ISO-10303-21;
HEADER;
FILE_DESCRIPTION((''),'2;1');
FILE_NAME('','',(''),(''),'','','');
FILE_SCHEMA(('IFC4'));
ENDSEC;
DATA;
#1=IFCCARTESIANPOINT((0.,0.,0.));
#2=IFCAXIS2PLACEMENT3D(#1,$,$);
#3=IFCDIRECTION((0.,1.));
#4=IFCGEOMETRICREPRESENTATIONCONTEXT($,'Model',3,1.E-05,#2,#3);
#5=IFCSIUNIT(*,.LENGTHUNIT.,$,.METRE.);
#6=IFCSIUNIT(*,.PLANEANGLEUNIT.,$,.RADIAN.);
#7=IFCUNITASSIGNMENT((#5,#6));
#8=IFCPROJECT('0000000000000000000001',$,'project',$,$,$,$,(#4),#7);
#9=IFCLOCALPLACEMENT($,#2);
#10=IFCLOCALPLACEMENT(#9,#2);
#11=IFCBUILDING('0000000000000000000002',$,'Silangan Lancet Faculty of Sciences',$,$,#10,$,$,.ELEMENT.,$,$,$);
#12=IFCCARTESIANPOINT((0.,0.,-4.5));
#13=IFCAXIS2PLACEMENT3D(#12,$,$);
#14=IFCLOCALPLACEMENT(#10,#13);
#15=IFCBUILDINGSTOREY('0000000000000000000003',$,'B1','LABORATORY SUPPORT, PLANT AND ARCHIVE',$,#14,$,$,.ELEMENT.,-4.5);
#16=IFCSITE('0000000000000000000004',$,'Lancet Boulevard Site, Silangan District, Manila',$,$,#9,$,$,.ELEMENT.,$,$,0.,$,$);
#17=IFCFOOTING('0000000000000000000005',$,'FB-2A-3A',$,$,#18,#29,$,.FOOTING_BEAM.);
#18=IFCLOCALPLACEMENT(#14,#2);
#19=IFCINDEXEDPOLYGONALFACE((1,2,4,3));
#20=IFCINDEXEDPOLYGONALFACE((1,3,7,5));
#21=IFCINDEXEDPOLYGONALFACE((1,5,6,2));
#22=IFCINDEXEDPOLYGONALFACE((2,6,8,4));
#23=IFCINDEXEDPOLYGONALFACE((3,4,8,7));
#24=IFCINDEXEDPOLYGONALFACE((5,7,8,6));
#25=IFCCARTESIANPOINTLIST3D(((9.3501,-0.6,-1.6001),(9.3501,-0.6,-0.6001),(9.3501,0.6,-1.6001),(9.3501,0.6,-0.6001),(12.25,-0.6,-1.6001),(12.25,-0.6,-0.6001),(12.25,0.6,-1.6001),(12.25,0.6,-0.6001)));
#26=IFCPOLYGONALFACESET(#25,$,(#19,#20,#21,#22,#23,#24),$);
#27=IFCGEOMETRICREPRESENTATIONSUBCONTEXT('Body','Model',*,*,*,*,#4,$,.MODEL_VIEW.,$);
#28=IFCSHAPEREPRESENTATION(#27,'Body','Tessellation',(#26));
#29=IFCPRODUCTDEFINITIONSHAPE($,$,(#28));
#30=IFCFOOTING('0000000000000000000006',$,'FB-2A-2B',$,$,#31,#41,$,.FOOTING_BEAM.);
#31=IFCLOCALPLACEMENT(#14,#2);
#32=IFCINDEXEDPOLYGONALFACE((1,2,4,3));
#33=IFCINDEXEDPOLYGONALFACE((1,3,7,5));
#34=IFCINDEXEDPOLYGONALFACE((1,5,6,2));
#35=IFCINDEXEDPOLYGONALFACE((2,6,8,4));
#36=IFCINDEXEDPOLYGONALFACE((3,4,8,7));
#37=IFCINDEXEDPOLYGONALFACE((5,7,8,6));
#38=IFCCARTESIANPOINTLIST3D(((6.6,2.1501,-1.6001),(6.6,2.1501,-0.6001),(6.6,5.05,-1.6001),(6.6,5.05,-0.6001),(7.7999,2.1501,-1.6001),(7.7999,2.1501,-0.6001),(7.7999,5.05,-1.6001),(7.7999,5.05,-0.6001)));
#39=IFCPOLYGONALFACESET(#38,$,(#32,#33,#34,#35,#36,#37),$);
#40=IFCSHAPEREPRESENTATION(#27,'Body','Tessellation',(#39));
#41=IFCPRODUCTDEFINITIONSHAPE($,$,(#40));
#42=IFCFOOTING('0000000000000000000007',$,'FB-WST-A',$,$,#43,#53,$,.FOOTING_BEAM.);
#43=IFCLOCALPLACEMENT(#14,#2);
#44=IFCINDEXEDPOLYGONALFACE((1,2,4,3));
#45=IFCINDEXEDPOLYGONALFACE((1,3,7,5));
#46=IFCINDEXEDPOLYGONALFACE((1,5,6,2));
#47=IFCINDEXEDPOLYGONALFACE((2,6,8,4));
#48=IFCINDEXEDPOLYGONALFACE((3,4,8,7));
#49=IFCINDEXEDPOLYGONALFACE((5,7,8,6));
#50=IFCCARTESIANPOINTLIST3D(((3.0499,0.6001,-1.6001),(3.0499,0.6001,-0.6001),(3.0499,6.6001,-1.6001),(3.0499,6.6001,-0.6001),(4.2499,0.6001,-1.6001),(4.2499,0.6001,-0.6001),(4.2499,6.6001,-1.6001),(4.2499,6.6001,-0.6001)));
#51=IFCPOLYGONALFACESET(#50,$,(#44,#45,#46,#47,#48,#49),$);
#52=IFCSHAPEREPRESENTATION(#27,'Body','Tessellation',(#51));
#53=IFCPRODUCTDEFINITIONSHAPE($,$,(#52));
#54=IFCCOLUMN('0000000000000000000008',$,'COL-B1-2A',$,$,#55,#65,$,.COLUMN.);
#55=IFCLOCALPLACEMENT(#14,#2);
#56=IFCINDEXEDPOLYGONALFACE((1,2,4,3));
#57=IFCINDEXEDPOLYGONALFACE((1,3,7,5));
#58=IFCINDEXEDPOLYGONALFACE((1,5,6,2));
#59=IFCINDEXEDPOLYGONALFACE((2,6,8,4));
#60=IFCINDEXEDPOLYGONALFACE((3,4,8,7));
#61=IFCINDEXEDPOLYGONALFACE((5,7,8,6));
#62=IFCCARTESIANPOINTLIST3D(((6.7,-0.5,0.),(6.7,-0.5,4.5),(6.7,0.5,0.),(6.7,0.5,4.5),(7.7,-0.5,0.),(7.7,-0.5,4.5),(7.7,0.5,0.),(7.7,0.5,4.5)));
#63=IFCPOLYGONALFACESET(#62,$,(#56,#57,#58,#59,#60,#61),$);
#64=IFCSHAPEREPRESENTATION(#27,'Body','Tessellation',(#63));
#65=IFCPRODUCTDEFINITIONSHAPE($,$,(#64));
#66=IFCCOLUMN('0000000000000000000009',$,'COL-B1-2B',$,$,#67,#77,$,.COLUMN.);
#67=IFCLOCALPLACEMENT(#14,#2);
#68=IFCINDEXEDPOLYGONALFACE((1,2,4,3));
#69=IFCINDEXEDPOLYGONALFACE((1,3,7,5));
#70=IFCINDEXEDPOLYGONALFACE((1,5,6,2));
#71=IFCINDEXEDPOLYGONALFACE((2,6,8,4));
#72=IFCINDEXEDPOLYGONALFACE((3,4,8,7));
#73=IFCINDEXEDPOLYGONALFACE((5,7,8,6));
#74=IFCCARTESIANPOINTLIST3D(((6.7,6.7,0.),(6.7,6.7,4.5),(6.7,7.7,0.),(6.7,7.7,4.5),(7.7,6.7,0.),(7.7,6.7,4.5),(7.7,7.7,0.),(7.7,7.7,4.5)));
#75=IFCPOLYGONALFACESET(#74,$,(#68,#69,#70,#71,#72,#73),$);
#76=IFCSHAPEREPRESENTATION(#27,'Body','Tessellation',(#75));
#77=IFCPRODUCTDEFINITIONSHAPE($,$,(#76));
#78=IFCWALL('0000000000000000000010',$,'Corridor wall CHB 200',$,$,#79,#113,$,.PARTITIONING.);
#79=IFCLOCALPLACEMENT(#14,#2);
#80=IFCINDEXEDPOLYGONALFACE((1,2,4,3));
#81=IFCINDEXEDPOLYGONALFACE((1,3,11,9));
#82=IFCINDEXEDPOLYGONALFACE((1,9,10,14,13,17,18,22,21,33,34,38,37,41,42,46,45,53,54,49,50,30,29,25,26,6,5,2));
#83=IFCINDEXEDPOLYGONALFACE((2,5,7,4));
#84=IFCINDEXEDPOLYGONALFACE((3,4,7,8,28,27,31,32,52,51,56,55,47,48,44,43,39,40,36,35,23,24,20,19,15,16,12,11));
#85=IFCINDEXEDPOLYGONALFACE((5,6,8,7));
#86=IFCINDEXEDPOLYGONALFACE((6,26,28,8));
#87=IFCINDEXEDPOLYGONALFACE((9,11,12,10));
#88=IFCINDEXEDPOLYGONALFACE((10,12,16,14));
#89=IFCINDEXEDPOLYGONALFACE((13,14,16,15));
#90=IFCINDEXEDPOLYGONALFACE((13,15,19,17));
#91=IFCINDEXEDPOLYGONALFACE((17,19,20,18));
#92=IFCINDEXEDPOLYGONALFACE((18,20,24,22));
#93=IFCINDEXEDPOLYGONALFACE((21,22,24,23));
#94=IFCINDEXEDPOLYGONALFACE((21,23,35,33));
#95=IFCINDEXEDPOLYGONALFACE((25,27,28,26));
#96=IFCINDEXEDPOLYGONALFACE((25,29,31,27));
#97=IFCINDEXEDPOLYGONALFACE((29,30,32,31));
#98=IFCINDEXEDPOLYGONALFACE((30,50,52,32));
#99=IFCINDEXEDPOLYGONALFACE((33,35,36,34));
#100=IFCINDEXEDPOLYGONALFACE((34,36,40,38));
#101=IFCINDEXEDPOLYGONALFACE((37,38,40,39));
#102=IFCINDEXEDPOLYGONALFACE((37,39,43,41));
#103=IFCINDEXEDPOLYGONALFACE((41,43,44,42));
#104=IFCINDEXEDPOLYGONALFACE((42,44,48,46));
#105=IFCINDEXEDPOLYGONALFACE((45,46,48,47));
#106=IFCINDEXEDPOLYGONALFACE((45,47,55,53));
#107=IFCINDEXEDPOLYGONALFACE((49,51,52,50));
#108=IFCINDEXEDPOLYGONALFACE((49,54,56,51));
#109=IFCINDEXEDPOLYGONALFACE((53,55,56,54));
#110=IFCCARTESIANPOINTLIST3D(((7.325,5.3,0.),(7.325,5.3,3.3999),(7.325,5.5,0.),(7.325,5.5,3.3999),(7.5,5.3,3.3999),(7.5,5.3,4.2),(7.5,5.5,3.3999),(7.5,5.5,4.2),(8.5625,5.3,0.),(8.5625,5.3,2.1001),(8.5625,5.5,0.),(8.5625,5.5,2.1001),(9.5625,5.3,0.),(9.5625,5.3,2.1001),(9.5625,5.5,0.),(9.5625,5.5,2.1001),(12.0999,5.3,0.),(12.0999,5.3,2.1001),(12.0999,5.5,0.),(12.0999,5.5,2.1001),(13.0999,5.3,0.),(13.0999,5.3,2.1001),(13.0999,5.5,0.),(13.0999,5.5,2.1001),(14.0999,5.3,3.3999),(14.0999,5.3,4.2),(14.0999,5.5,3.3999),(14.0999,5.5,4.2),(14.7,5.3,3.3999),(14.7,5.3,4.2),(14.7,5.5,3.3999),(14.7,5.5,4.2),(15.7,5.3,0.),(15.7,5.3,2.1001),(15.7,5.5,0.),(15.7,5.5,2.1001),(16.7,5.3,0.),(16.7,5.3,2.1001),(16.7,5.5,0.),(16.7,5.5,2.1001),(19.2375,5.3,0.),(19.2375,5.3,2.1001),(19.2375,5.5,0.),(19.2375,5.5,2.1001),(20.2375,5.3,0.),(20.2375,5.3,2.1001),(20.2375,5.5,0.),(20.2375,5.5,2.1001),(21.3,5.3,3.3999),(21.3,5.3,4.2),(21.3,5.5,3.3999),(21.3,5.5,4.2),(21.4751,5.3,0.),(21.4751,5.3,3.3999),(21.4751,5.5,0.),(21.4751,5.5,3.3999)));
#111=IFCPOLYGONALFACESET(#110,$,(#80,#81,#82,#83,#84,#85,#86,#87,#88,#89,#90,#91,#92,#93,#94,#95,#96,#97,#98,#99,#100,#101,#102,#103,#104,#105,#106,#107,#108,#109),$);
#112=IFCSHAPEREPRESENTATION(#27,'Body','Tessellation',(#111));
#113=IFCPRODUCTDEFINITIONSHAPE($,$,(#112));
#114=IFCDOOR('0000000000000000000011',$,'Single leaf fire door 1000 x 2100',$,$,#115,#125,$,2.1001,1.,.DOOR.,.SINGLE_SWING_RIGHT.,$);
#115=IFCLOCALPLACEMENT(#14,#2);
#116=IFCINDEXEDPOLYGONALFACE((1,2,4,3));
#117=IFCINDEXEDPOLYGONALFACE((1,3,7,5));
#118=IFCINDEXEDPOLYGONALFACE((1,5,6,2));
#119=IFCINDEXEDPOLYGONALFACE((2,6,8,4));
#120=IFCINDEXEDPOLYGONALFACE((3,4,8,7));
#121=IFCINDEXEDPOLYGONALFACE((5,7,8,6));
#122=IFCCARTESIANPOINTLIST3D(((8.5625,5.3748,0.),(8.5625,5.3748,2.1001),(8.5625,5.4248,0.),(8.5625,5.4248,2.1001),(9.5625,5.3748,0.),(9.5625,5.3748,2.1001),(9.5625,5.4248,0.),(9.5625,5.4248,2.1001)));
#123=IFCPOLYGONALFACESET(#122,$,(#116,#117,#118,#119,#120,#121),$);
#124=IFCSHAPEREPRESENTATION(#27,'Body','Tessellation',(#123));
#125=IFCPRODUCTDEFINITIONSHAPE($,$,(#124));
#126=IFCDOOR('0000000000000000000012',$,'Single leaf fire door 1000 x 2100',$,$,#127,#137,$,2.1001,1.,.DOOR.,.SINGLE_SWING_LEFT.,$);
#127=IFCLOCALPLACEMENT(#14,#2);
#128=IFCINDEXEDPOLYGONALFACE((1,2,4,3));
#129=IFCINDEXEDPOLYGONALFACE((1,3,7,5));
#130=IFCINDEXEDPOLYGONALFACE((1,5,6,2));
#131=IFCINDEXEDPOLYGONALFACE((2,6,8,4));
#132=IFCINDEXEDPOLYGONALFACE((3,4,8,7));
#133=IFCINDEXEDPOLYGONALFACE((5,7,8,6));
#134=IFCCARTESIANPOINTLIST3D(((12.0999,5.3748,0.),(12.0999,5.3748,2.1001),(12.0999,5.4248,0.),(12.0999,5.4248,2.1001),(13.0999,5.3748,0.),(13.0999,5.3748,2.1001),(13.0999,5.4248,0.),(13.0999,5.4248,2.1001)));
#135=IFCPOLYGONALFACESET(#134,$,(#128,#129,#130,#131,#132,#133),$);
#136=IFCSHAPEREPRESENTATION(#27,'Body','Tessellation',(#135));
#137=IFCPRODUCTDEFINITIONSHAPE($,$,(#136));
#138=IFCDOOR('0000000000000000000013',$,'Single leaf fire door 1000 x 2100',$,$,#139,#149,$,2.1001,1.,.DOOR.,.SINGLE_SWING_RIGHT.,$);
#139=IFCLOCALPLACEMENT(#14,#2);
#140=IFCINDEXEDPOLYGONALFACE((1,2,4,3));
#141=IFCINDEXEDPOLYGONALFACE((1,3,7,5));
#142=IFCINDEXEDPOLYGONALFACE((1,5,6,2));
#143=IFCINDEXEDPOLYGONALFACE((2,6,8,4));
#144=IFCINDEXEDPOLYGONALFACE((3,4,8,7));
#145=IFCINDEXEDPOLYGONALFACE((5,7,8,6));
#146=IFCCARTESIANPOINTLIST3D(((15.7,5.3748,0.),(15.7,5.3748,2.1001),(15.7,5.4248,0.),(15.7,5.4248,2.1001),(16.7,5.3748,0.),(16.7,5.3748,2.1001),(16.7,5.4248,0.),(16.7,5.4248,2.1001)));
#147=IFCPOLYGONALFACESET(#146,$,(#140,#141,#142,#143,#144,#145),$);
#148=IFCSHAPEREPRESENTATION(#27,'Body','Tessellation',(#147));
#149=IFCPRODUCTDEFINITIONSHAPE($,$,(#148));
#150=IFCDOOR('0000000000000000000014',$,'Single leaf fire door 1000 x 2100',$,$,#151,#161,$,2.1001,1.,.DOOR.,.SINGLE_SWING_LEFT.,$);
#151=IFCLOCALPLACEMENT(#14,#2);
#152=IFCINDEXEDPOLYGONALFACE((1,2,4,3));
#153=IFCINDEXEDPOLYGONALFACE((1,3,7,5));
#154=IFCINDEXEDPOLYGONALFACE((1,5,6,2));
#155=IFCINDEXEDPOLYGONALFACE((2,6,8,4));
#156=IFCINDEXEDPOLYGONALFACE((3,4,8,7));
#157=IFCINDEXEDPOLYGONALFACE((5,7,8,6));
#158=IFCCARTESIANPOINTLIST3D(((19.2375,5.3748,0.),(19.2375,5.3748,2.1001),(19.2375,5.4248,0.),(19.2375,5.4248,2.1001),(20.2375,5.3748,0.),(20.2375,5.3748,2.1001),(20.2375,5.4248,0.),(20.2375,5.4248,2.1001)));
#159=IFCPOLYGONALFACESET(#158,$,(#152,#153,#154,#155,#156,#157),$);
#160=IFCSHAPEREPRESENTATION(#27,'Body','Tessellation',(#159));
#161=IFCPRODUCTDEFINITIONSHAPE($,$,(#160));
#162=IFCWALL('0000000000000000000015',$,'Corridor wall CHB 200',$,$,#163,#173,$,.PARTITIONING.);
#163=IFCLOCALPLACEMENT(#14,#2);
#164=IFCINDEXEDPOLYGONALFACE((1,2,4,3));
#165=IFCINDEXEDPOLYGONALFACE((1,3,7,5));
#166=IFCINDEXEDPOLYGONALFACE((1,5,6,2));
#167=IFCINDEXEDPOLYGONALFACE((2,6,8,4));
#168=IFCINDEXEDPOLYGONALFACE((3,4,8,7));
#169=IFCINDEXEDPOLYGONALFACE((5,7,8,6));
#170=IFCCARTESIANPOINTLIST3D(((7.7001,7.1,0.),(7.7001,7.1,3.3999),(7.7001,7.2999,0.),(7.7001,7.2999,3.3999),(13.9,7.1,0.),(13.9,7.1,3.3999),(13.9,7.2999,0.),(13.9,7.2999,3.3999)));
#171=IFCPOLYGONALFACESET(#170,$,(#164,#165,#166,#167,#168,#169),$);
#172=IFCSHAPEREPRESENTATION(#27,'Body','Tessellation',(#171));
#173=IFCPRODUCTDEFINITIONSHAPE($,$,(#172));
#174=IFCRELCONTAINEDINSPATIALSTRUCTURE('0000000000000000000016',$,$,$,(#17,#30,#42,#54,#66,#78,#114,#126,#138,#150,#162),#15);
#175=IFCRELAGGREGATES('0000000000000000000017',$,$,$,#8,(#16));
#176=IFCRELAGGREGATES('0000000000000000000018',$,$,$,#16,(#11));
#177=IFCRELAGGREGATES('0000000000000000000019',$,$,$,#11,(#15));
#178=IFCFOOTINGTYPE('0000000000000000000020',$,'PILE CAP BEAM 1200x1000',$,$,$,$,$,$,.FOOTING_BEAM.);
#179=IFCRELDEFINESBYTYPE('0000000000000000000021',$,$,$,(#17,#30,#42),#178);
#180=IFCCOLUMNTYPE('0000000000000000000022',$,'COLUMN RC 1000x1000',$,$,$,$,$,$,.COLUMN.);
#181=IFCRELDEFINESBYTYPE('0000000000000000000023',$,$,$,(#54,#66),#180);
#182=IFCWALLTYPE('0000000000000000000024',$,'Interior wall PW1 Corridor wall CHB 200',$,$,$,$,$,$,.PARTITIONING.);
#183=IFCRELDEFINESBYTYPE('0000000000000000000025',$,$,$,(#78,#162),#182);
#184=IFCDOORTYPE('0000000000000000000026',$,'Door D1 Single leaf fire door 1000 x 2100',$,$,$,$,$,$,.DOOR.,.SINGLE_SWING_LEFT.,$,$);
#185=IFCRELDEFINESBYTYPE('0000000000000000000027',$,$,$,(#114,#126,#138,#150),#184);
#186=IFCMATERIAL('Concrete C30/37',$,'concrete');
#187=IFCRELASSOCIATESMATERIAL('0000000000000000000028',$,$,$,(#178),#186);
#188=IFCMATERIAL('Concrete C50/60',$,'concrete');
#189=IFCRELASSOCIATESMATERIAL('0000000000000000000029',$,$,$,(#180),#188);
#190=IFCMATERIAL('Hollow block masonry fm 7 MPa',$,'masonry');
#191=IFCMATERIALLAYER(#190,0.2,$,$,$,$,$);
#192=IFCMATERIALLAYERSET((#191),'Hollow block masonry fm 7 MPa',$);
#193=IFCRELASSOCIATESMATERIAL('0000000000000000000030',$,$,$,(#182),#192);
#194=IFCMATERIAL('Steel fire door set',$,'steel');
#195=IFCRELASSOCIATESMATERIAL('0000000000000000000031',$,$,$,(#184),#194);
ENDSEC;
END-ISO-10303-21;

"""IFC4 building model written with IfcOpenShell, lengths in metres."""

from ifc_helpers import new_model, si_unit, direction, frame, frame_2d, origin, origin_2d, place, context, subcontext, project, spatial, polyline, rectangle, outline, extrude, material, layer, layer_set, material_profile, profile_set, type_object, element, fill, save


model = new_model("IFC4")

# Units and contexts
model_context = context("Model", 3, precision=1e-05, world=origin(), true_north=direction((0.0, 1.0)))
body_context = subcontext(model_context, "Body", "Model", "MODEL_VIEW")
ifc_project = project(units=[si_unit("LENGTHUNIT", "METRE"), si_unit("PLANEANGLEUNIT", "RADIAN")], contexts=[model_context])

# Site, building, storey
site_placement = place(None, origin())
site = spatial("IfcSite", under=ifc_project, at=site_placement, Name="Lancet Boulevard Site, Silangan District, Manila", CompositionType="ELEMENT", RefElevation=0.0)
building_placement = place(site_placement, origin())
building = spatial("IfcBuilding", under=site, at=building_placement, Name="Silangan Lancet Faculty of Sciences", CompositionType="ELEMENT")
storey_placement = place(building_placement, frame((0.0, 0.0, -4.5)))
storey = spatial("IfcBuildingStorey", under=building, at=storey_placement, Name="B1", Description="LABORATORY SUPPORT, PLANT AND ARCHIVE", CompositionType="ELEMENT", Elevation=-4.5)

# Footings
ifc_material_1 = material(Name="Concrete C30/37", Category="concrete")
footing_type_1 = type_object("IfcFootingType", Name="PILE CAP BEAM 1200x1000", PredefinedType="FOOTING_BEAM", material=ifc_material_1)
for number, where, z_axis, x_axis, name in (
    (1, (10.8, 0.0, -1.6001), (0.0, 0.0, 1.0), (1.0, 0.0, 0.0), "FB-2A-3A"),
    (2, (7.2, 3.6001, -1.6001), (0.0, 0.0, 1.0), (0.0, 1.0, 0.0), "FB-2A-2B"),
):
    element("IfcFooting", number, at=place(storey_placement, frame(where, z_axis=z_axis, x_axis=x_axis)), inside=storey, type_object=footing_type_1, Name=name, PredefinedType="FOOTING_BEAM", context=body_context, shape_type="SweptSolid", body=[
        extrude(rectangle(XDim=2.8999, YDim=1.2, at=origin_2d()), origin(), (0.0, 0.0, 1.0), 1.0),
    ])
footing_placement = place(storey_placement, frame((3.6499, 3.6001, -1.6001), z_axis=(0.0, 0.0, 1.0), x_axis=(0.0, 1.0, 0.0)))
element("IfcFooting", 3, at=footing_placement, inside=storey, type_object=footing_type_1, Name="FB-WST-A", PredefinedType="FOOTING_BEAM", context=body_context, shape_type="SweptSolid", body=[
    extrude(rectangle(XDim=6.0, YDim=1.2, at=origin_2d()), origin(), (0.0, 0.0, 1.0), 1.0),
])

# Columns
ifc_material_2 = material(Name="Concrete C50/60", Category="concrete")
ifc_material_profile_1 = material_profile(ifc_material_2, rectangle(XDim=1.0, YDim=1.0, at=origin_2d()), Name="RC 1000x1000")
ifc_profile_set_1 = profile_set([ifc_material_profile_1], Name="Concrete C50/60")
column_type = type_object("IfcColumnType", Name="COLUMN RC 1000x1000", PredefinedType="COLUMN", material=ifc_profile_set_1)
for number, where, z_axis, x_axis, name in (
    (4, (7.2, 0.0, 0.0), (0.0, 0.0, 1.0), (1.0, 0.0, 0.0), "COL-B1-2A"),
    (5, (7.2, 7.2, 0.0), (0.0, 0.0, 1.0), (1.0, 0.0, 0.0), "COL-B1-2B"),
):
    element("IfcColumn", number, at=place(storey_placement, frame(where, z_axis=z_axis, x_axis=x_axis)), inside=storey, type_object=column_type, Name=name, PredefinedType="COLUMN", context=body_context, shape_type="SweptSolid", body=[
        extrude(rectangle(XDim=1.0, YDim=1.0, at=origin_2d()), origin(), (0.0, 0.0, 1.0), 4.5),
    ])

# Wall, openings, doors
ifc_material_3 = material(Name="Hollow block masonry fm 7 MPa", Category="masonry")
ifc_layer_1 = layer(ifc_material_3, 0.2)
ifc_layer_set_1 = layer_set([ifc_layer_1], Name="Hollow block masonry fm 7 MPa")
wall_type_1 = type_object("IfcWallType", Name="Interior wall PW1 Corridor wall CHB 200", PredefinedType="PARTITIONING", material=ifc_layer_set_1)
wall_1_placement = place(storey_placement, frame((7.325, 5.3999, 0.0), z_axis=(0.0, 0.0, 1.0), x_axis=(1.0, 0.0, 0.0)))
wall_1 = element("IfcWall", 6, at=wall_1_placement, inside=storey, type_object=wall_type_1, Name="Corridor wall CHB 200", PredefinedType="PARTITIONING", context=body_context, shape_type="SweptSolid", body=[
    extrude(outline(polyline([(0.0, 0.0), (14.1501, 0.0), (14.1501, 3.3999), (13.9751, 3.3999), (13.9751, 4.2), (7.375, 4.2), (7.375, 3.3999), (6.7749, 3.3999), (6.7749, 4.2), (0.175, 4.2), (0.175, 3.3999), (0.0, 3.3999), (0.0, 0.0)])), frame((0.0, 0.1001, 0.0), z_axis=(0.0, -1.0, 0.0), x_axis=(1.0, 0.0, 0.0)), (0.0, 0.0, 1.0), 0.2),
])
opening_1_placement = place(wall_1_placement, frame((1.2375, 0.0, 0.0)))
opening_1 = element("IfcOpeningElement", 7, at=opening_1_placement, cuts=wall_1, PredefinedType="OPENING", context=body_context, shape_type="SweptSolid", body=[
    extrude(rectangle(XDim=1.0, YDim=2.1001, at=frame_2d((0.5, 1.05))), frame((0.0, 0.1099, 0.0), z_axis=(0.0, -1.0, 0.0), x_axis=(1.0, 0.0, 0.0)), (0.0, 0.0, 1.0), 0.22),
])
opening_2_placement = place(wall_1_placement, frame((4.7749, 0.0, 0.0)))
opening_2 = element("IfcOpeningElement", 8, at=opening_2_placement, cuts=wall_1, PredefinedType="OPENING", context=body_context, shape_type="SweptSolid", body=[
    extrude(rectangle(XDim=1.0, YDim=2.1001, at=frame_2d((0.5, 1.05))), frame((0.0, 0.1099, 0.0), z_axis=(0.0, -1.0, 0.0), x_axis=(1.0, 0.0, 0.0)), (0.0, 0.0, 1.0), 0.22),
])
opening_3_placement = place(wall_1_placement, frame((8.375, 0.0, 0.0)))
opening_3 = element("IfcOpeningElement", 9, at=opening_3_placement, cuts=wall_1, PredefinedType="OPENING", context=body_context, shape_type="SweptSolid", body=[
    extrude(rectangle(XDim=1.0, YDim=2.1001, at=frame_2d((0.5, 1.05))), frame((0.0, 0.1099, 0.0), z_axis=(0.0, -1.0, 0.0), x_axis=(1.0, 0.0, 0.0)), (0.0, 0.0, 1.0), 0.22),
])
opening_4_placement = place(wall_1_placement, frame((11.9126, 0.0, 0.0)))
opening_4 = element("IfcOpeningElement", 10, at=opening_4_placement, cuts=wall_1, PredefinedType="OPENING", context=body_context, shape_type="SweptSolid", body=[
    extrude(rectangle(XDim=1.0, YDim=2.1001, at=frame_2d((0.5, 1.05))), frame((0.0, 0.1099, 0.0), z_axis=(0.0, -1.0, 0.0), x_axis=(1.0, 0.0, 0.0)), (0.0, 0.0, 1.0), 0.22),
])
ifc_material_4 = material(Name="Steel fire door set", Category="steel")
door_type_1 = type_object("IfcDoorType", Name="Door D1 Single leaf fire door 1000 x 2100", OperationType="SINGLE_SWING_LEFT", PredefinedType="DOOR", material=ifc_material_4)
door_1_placement = place(opening_1_placement, frame((1.0, 0.0, 0.0), z_axis=(0.0, 0.0, 1.0), x_axis=(-1.0, 0.0, 0.0)))
door_1 = element("IfcDoor", 11, at=door_1_placement, inside=storey, type_object=door_type_1, Name="Single leaf fire door 1000 x 2100", OperationType="SINGLE_SWING_RIGHT", OverallHeight=2.1001, OverallWidth=1.0, PredefinedType="DOOR", context=body_context, shape_type="SweptSolid", body=[
    extrude(rectangle(XDim=1.0, YDim=2.1001, at=frame_2d((0.5, 1.05))), frame((0.0, 0.0251, 0.0), z_axis=(0.0, -1.0, 0.0), x_axis=(1.0, 0.0, 0.0)), (0.0, 0.0, 1.0), 0.05),
])
fill(opening_1, door_1)
door_2_placement = place(opening_2_placement, frame((1.0, 0.0, 0.0), z_axis=(0.0, 0.0, 1.0), x_axis=(-1.0, 0.0, 0.0)))
door_2 = element("IfcDoor", 12, at=door_2_placement, inside=storey, type_object=door_type_1, Name="Single leaf fire door 1000 x 2100", OperationType="SINGLE_SWING_LEFT", OverallHeight=2.1001, OverallWidth=1.0, PredefinedType="DOOR", context=body_context, shape_type="SweptSolid", body=[
    extrude(rectangle(XDim=1.0, YDim=2.1001, at=frame_2d((0.5, 1.05))), frame((0.0, 0.0251, 0.0), z_axis=(0.0, -1.0, 0.0), x_axis=(1.0, 0.0, 0.0)), (0.0, 0.0, 1.0), 0.05),
])
fill(opening_2, door_2)
door_3_placement = place(opening_3_placement, frame((1.0, 0.0, 0.0), z_axis=(0.0, 0.0, 1.0), x_axis=(-1.0, 0.0, 0.0)))
door_3 = element("IfcDoor", 13, at=door_3_placement, inside=storey, type_object=door_type_1, Name="Single leaf fire door 1000 x 2100", OperationType="SINGLE_SWING_RIGHT", OverallHeight=2.1001, OverallWidth=1.0, PredefinedType="DOOR", context=body_context, shape_type="SweptSolid", body=[
    extrude(rectangle(XDim=1.0, YDim=2.1001, at=frame_2d((0.5, 1.05))), frame((0.0, 0.0251, 0.0), z_axis=(0.0, -1.0, 0.0), x_axis=(1.0, 0.0, 0.0)), (0.0, 0.0, 1.0), 0.05),
])
fill(opening_3, door_3)
door_4_placement = place(opening_4_placement, frame((1.0, 0.0, 0.0), z_axis=(0.0, 0.0, 1.0), x_axis=(-1.0, 0.0, 0.0)))
door_4 = element("IfcDoor", 14, at=door_4_placement, inside=storey, type_object=door_type_1, Name="Single leaf fire door 1000 x 2100", OperationType="SINGLE_SWING_LEFT", OverallHeight=2.1001, OverallWidth=1.0, PredefinedType="DOOR", context=body_context, shape_type="SweptSolid", body=[
    extrude(rectangle(XDim=1.0, YDim=2.1001, at=frame_2d((0.5, 1.05))), frame((0.0, 0.0251, 0.0), z_axis=(0.0, -1.0, 0.0), x_axis=(1.0, 0.0, 0.0)), (0.0, 0.0, 1.0), 0.05),
])
fill(opening_4, door_4)

# Wall
wall_2_placement = place(storey_placement, frame((7.7, 7.2, 0.0), z_axis=(0.0, 0.0, 1.0), x_axis=(1.0, 0.0, 0.0)))
element("IfcWall", 15, at=wall_2_placement, inside=storey, type_object=wall_type_1, Name="Corridor wall CHB 200", PredefinedType="PARTITIONING", context=body_context, shape_type="SweptSolid", body=[
    extrude(rectangle(XDim=6.2, YDim=0.2, at=frame_2d((3.1001, 0.0))), origin(), (0.0, 0.0, 1.0), 3.3999),
])

save(model, "model.ifc")
